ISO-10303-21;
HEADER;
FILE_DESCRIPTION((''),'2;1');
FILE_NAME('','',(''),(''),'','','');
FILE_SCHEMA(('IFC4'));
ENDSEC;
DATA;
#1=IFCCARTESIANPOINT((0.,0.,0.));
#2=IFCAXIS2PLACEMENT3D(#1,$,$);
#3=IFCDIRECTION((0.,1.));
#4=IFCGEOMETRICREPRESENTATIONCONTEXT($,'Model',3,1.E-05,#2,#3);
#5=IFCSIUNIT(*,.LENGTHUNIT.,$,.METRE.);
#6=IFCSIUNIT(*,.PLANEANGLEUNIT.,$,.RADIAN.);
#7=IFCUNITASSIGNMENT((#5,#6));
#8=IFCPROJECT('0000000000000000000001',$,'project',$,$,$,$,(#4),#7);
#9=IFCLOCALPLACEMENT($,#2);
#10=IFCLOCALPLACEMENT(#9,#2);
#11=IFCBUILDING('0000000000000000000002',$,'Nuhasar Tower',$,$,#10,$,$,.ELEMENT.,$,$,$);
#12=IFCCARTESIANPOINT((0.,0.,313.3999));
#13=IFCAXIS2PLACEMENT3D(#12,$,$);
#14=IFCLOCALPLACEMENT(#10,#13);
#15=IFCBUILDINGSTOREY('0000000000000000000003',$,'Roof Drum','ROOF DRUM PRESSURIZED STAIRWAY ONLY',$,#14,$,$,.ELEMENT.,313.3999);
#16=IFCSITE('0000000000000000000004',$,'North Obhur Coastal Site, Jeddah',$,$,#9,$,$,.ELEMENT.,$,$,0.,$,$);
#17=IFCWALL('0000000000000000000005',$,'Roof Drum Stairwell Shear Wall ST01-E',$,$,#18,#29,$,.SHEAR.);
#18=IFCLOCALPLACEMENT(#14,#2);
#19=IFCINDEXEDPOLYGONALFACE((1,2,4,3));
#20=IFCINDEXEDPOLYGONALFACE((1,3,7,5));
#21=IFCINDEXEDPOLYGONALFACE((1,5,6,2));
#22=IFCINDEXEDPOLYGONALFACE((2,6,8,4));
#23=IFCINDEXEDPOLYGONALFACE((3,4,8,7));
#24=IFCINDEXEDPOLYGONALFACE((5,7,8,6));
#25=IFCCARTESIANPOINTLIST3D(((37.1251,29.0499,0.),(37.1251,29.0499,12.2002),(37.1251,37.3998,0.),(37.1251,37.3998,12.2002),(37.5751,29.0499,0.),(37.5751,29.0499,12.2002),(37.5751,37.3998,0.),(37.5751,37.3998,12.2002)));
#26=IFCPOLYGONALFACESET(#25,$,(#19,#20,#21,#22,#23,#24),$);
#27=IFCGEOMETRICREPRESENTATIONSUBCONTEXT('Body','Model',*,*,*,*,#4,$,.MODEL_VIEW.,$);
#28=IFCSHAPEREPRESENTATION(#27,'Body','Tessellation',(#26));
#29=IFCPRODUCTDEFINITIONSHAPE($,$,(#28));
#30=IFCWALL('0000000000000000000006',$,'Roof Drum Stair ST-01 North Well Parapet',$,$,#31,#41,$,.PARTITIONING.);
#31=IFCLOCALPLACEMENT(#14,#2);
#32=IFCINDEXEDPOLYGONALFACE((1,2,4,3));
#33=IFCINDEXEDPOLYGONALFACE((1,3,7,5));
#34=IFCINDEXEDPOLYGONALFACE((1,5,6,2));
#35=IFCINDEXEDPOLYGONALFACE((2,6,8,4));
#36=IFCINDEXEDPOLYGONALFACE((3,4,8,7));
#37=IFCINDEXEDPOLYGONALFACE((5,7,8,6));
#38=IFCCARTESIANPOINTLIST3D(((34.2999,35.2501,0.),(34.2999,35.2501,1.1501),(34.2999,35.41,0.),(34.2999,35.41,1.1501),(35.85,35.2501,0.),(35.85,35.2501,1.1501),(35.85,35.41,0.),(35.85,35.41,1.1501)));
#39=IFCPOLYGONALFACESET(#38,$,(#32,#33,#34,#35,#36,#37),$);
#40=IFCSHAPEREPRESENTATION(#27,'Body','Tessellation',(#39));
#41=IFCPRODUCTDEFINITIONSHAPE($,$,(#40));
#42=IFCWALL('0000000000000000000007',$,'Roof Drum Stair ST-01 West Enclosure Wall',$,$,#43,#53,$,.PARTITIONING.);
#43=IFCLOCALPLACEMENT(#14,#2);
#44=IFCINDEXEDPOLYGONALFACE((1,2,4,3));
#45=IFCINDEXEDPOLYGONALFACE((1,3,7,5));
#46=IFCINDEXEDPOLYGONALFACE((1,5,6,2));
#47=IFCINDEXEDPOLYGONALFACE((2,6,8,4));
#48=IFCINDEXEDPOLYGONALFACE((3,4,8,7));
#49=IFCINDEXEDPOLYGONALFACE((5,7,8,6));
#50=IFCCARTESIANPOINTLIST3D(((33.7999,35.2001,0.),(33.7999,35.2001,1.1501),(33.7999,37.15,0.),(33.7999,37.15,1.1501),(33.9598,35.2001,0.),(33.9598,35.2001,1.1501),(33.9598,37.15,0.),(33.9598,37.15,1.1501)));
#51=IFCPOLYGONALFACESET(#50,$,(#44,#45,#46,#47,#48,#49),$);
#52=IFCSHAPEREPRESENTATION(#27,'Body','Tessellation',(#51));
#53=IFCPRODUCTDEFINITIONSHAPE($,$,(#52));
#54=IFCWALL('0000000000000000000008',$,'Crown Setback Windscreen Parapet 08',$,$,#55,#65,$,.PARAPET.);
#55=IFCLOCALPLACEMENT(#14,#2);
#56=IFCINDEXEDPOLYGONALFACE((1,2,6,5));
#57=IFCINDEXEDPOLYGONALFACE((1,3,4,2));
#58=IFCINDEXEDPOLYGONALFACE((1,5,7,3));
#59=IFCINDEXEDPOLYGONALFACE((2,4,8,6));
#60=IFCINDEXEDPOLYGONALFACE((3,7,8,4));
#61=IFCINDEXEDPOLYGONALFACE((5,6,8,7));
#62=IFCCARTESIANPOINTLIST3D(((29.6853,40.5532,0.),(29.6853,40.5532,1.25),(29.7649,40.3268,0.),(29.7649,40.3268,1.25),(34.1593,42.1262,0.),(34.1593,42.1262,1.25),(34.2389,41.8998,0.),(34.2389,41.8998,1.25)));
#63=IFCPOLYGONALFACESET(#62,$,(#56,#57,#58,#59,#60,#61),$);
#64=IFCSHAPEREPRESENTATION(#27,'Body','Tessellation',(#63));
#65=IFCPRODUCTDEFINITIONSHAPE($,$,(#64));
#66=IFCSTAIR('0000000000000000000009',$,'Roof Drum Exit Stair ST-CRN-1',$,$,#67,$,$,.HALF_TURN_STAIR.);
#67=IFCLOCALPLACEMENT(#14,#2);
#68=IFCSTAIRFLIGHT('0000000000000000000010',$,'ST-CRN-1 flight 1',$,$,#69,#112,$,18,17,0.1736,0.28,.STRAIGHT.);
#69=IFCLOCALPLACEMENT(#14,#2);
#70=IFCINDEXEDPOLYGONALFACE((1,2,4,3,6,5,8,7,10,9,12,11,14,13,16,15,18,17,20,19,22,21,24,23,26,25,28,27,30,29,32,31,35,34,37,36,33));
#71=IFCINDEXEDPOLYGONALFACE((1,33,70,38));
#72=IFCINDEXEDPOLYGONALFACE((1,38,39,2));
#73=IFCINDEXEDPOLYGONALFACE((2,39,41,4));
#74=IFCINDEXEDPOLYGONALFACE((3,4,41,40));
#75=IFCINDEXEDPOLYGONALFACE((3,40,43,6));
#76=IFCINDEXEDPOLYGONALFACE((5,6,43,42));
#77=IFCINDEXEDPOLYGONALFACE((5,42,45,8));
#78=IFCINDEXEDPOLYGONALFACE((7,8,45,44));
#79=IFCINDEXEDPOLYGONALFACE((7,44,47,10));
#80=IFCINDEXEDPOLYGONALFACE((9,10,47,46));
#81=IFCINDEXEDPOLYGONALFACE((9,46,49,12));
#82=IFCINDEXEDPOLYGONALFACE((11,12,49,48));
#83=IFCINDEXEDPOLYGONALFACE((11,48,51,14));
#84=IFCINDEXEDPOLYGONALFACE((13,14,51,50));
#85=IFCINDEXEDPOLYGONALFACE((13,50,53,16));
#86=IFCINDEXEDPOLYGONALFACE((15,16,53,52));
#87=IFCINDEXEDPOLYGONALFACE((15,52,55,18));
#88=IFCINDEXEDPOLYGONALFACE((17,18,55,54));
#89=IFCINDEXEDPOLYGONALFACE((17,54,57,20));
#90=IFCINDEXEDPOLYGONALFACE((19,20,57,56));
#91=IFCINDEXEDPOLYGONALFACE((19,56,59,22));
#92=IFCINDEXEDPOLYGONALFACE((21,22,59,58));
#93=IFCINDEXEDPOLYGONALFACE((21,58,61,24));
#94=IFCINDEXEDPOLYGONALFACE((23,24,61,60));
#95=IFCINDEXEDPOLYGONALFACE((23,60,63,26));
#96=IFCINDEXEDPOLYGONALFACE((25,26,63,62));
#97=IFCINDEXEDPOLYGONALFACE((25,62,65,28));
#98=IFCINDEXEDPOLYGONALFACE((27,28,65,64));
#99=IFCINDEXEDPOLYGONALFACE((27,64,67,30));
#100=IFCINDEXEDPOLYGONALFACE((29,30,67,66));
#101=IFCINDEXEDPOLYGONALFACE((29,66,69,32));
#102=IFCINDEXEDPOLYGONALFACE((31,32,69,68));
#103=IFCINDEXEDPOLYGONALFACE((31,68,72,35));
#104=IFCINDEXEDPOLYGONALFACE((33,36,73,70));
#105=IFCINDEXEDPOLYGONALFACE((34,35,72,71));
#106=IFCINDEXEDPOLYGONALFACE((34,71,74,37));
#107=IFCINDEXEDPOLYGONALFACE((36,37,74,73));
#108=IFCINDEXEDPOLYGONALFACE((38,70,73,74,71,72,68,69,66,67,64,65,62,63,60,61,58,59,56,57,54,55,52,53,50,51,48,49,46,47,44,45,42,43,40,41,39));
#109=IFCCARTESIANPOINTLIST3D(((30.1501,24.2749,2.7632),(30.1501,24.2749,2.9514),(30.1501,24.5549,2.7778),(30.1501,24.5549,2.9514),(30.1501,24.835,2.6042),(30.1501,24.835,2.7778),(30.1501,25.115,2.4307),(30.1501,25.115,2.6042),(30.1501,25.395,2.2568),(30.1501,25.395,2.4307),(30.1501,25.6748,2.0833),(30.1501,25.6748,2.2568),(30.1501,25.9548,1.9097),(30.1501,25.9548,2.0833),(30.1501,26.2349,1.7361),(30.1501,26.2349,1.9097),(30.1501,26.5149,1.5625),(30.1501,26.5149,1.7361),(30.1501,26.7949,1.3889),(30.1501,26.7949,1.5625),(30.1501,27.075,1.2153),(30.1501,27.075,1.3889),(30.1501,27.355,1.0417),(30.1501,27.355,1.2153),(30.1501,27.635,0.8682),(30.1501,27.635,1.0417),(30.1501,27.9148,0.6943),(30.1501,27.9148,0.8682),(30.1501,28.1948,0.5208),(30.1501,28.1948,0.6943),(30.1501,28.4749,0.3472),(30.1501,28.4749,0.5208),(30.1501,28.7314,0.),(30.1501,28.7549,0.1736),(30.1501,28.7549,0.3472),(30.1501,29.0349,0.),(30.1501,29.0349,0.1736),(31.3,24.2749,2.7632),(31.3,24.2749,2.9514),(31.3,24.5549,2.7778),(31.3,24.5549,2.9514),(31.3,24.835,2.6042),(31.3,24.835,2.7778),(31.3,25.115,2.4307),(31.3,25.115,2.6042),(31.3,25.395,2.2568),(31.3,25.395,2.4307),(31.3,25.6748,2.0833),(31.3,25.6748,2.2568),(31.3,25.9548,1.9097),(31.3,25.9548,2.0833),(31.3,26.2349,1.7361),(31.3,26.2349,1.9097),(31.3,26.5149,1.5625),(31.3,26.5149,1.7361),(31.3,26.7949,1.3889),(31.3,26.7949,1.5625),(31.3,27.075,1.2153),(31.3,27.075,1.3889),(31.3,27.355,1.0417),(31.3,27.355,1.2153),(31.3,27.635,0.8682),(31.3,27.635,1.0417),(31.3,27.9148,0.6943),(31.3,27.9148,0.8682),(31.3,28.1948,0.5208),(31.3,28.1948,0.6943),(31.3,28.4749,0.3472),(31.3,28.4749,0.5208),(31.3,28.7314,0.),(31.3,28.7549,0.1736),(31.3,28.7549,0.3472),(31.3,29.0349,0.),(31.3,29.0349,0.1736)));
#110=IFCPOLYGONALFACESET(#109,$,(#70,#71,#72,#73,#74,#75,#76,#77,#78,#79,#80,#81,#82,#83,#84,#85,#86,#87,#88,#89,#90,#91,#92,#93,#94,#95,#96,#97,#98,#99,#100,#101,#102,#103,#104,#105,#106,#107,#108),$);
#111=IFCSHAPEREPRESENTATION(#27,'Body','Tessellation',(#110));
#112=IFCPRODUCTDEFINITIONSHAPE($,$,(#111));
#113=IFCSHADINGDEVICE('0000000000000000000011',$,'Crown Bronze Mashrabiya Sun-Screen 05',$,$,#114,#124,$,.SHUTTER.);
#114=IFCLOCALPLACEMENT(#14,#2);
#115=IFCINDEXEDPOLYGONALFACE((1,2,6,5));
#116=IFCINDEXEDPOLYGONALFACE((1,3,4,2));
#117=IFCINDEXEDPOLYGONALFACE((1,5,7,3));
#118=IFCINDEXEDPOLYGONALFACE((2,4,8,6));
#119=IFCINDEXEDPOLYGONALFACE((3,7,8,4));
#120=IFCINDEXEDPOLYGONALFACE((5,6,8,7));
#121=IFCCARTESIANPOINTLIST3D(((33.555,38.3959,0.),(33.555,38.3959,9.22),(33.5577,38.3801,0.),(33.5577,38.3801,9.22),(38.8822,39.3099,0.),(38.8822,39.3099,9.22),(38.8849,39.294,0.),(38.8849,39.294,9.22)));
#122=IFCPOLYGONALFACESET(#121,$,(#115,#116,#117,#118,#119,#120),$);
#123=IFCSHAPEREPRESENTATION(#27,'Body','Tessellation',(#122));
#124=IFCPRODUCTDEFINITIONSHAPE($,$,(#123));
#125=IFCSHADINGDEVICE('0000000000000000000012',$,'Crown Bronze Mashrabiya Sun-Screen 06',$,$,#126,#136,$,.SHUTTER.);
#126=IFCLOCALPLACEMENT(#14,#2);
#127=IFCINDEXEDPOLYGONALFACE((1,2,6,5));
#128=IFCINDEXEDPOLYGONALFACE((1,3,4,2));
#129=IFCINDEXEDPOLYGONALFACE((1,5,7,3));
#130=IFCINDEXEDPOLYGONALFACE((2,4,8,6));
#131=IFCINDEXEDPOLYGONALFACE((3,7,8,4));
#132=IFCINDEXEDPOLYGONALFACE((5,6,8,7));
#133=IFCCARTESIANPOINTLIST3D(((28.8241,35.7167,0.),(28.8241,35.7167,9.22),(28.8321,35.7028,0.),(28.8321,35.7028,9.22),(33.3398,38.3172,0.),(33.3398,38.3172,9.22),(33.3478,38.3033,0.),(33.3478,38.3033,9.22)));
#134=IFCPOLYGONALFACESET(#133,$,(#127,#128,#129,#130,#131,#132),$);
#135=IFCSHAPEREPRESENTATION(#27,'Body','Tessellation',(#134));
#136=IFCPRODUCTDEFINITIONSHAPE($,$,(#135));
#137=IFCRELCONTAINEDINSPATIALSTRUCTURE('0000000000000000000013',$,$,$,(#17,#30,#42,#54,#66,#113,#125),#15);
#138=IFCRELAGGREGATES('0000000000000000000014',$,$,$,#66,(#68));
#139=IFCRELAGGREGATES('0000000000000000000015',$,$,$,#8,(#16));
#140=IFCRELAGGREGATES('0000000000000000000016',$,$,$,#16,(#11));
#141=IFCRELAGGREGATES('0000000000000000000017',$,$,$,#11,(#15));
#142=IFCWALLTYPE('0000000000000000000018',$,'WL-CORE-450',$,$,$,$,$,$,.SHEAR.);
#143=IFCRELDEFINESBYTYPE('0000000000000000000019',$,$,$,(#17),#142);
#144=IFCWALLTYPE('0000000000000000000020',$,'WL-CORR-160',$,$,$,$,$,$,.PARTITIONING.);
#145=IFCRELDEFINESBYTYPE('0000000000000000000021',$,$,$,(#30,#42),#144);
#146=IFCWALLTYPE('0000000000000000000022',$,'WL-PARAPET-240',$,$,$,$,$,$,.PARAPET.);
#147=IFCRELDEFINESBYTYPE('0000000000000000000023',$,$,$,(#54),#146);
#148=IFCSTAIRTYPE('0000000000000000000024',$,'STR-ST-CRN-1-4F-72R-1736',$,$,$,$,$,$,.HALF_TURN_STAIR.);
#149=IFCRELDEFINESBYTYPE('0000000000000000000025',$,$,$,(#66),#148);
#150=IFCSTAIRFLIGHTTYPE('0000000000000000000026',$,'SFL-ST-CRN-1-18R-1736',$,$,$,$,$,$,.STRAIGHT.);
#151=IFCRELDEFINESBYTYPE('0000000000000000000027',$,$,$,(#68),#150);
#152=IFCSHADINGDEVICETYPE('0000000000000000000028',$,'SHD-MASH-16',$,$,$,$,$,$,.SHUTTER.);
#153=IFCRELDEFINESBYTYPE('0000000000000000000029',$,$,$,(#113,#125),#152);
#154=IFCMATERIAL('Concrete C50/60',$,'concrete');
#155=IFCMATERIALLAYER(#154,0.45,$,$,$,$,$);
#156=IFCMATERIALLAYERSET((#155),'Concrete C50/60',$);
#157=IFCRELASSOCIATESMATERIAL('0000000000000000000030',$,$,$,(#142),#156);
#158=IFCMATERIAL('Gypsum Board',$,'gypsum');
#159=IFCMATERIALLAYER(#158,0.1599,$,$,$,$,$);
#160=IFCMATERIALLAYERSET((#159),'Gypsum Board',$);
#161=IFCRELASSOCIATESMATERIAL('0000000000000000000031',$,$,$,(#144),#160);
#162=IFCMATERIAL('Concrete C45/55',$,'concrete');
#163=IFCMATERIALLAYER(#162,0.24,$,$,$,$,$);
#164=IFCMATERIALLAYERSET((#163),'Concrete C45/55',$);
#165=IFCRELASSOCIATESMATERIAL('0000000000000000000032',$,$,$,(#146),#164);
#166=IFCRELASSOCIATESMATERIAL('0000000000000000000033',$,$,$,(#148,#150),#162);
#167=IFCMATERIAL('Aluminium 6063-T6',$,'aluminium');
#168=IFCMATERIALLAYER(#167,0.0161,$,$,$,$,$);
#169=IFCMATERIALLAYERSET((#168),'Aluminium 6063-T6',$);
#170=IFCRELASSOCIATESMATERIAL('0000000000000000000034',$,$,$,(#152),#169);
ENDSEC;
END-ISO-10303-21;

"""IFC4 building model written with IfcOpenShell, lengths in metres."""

from ifc_helpers import new_model, si_unit, direction, frame, frame_2d, origin, origin_2d, place, context, subcontext, project, spatial, polyline, rectangle, outline, extrude, material, layer, layer_set, type_object, element, aggregate, save


model = new_model("IFC4")

# Units and contexts
model_context = context("Model", 3, precision=1e-05, world=origin(), true_north=direction((0.0, 1.0)))
body_context = subcontext(model_context, "Body", "Model", "MODEL_VIEW")
ifc_project = project(units=[si_unit("LENGTHUNIT", "METRE"), si_unit("PLANEANGLEUNIT", "RADIAN")], contexts=[model_context])

# Site, building, storey
site_placement = place(None, origin())
site = spatial("IfcSite", under=ifc_project, at=site_placement, Name="North Obhur Coastal Site, Jeddah", CompositionType="ELEMENT", RefElevation=0.0)
building_placement = place(site_placement, origin())
building = spatial("IfcBuilding", under=site, at=building_placement, Name="Nuhasar Tower", CompositionType="ELEMENT")
storey_placement = place(building_placement, frame((0.0, 0.0, 313.3999)))
storey = spatial("IfcBuildingStorey", under=building, at=storey_placement, Name="Roof Drum", Description="ROOF DRUM PRESSURIZED STAIRWAY ONLY", CompositionType="ELEMENT", Elevation=313.3999)

# Shared definitions
ifc_material_1 = material(Name="Concrete C50/60", Category="concrete")

# Shared definitions
ifc_material_2 = material(Name="Aluminium 6063-T6", Category="aluminium")

# Walls
ifc_layer_1 = layer(ifc_material_1, 0.45)
ifc_layer_set_1 = layer_set([ifc_layer_1], Name="Concrete C50/60")
wall_type_1 = type_object("IfcWallType", Name="WL-CORE-450", PredefinedType="SHEAR", material=ifc_layer_set_1)
wall_1_placement = place(storey_placement, frame((37.3501, 29.05, 0.0), z_axis=(0.0, 0.0, 1.0), x_axis=(0.0, 1.0, 0.0)))
element("IfcWall", 1, at=wall_1_placement, inside=storey, type_object=wall_type_1, Name="Roof Drum Stairwell Shear Wall ST01-E", PredefinedType="SHEAR", context=body_context, shape_type="SweptSolid", body=[
    extrude(rectangle(XDim=8.3499, YDim=0.45, at=frame_2d((4.1748, 0.0))), origin(), (0.0, 0.0, 1.0), 12.2002),
])
ifc_material_3 = material(Name="Gypsum Board", Category="gypsum")
ifc_layer_2 = layer(ifc_material_3, 0.1599)
ifc_layer_set_2 = layer_set([ifc_layer_2], Name="Gypsum Board")
wall_type_2 = type_object("IfcWallType", Name="WL-CORR-160", PredefinedType="PARTITIONING", material=ifc_layer_set_2)
wall_2_placement = place(storey_placement, frame((34.3, 35.3301, 0.0), z_axis=(0.0, 0.0, 1.0), x_axis=(1.0, 0.0, 0.0)))
element("IfcWall", 2, at=wall_2_placement, inside=storey, type_object=wall_type_2, Name="Roof Drum Stair ST-01 North Well Parapet", PredefinedType="PARTITIONING", context=body_context, shape_type="SweptSolid", body=[
    extrude(rectangle(XDim=1.55, YDim=0.1599, at=frame_2d((0.7749, 0.0))), origin(), (0.0, 0.0, 1.0), 1.1501),
])
wall_3_placement = place(storey_placement, frame((33.8799, 35.2, 0.0), z_axis=(0.0, 0.0, 1.0), x_axis=(0.0, 1.0, 0.0)))
element("IfcWall", 3, at=wall_3_placement, inside=storey, type_object=wall_type_2, Name="Roof Drum Stair ST-01 West Enclosure Wall", PredefinedType="PARTITIONING", context=body_context, shape_type="SweptSolid", body=[
    extrude(rectangle(XDim=1.95, YDim=0.1599, at=frame_2d((0.9751, 0.0))), origin(), (0.0, 0.0, 1.0), 1.1501),
])
ifc_material_4 = material(Name="Concrete C45/55", Category="concrete")
ifc_layer_3 = layer(ifc_material_4, 0.24)
ifc_layer_set_3 = layer_set([ifc_layer_3], Name="Concrete C45/55")
wall_type_3 = type_object("IfcWallType", Name="WL-PARAPET-240", PredefinedType="PARAPET", material=ifc_layer_set_3)
wall_4_placement = place(storey_placement, frame((34.199, 42.0129, 0.0), z_axis=(0.0, 0.0, 1.0), x_axis=(-0.943388, -0.331692, 0.0)))
element("IfcWall", 4, at=wall_4_placement, inside=storey, type_object=wall_type_3, Name="Crown Setback Windscreen Parapet 08", PredefinedType="PARAPET", context=body_context, shape_type="SweptSolid", body=[
    extrude(rectangle(XDim=4.7424, YDim=0.24, at=frame_2d((2.3711, 0.0))), origin(), (0.0, 0.0, 1.0), 1.25),
])

# Stair, stair flight
stair_type = type_object("IfcStairType", Name="STR-ST-CRN-1-4F-72R-1736", PredefinedType="HALF_TURN_STAIR", material=ifc_material_4)
stair_placement = place(storey_placement, origin())
stair = element("IfcStair", 5, at=stair_placement, inside=storey, type_object=stair_type, Name="Roof Drum Exit Stair ST-CRN-1", PredefinedType="HALF_TURN_STAIR")
stair_flight_type = type_object("IfcStairFlightType", Name="SFL-ST-CRN-1-18R-1736", PredefinedType="STRAIGHT", material=ifc_material_4)
stair_flight_placement = place(storey_placement, frame((30.7251, 29.0349, 0.0), z_axis=(0.0, 0.0, 1.0), x_axis=(0.0, -1.0, 0.0)))
stair_flight = element("IfcStairFlight", 6, at=stair_flight_placement, type_object=stair_flight_type, Name="ST-CRN-1 flight 1", NumberOfRisers=18, NumberOfTreads=17, PredefinedType="STRAIGHT", RiserHeight=0.1736, TreadLength=0.28, context=body_context, shape_type="SweptSolid", body=[
    extrude(outline(polyline([(0.0, 0.0), (0.0, 0.1736), (0.28, 0.1736), (0.28, 0.3472), (0.5601, 0.3472), (0.5601, 0.5208), (0.8401, 0.5208), (0.8401, 0.6943), (1.1201, 0.6943), (1.1201, 0.8682), (1.3999, 0.8682), (1.3999, 1.0417), (1.6799, 1.0417), (1.6799, 1.2153), (1.96, 1.2153), (1.96, 1.3889), (2.24, 1.3889), (2.24, 1.5625), (2.52, 1.5625), (2.52, 1.7361), (2.8, 1.7361), (2.8, 1.9097), (3.0801, 1.9097), (3.0801, 2.0833), (3.3601, 2.0833), (3.3601, 2.2568), (3.6399, 2.2568), (3.6399, 2.4307), (3.9199, 2.4307), (3.9199, 2.6042), (4.2, 2.6042), (4.2, 2.7778), (4.48, 2.7778), (4.48, 2.9514), (4.76, 2.9514), (4.76, 3.125), (4.76, 2.7632), (0.3035, 0.0), (0.0, 0.0)])), frame((0.0, 0.575, 0.0), z_axis=(0.0, -1.0, 0.0), x_axis=(1.0, 0.0, 0.0)), (0.0, 0.0, 1.0), 1.1499),
])
aggregate(stair, [stair_flight])

# Shading devices
ifc_layer_4 = layer(ifc_material_2, 0.0161)
ifc_layer_set_4 = layer_set([ifc_layer_4], Name="Aluminium 6063-T6")
shading_device_type = type_object("IfcShadingDeviceType", Name="SHD-MASH-16", PredefinedType="SHUTTER", material=ifc_layer_set_4)
shading_device_1_placement = place(storey_placement, frame((36.22, 38.845, 0.0), z_axis=(0.0, 0.0, 1.0), x_axis=(-0.9856, -0.169091, 0.0)))
element("IfcShadingDevice", 7, at=shading_device_1_placement, inside=storey, type_object=shading_device_type, Name="Crown Bronze Mashrabiya Sun-Screen 05", PredefinedType="SHUTTER", context=body_context, shape_type="SweptSolid", body=[
    extrude(rectangle(XDim=5.405, YDim=0.0161, at=origin_2d()), origin(), (0.0, 0.0, 1.0), 9.22),
])
shading_device_2_placement = place(storey_placement, frame((31.0859, 37.01, 0.0), z_axis=(0.0, 0.0, 1.0), x_axis=(-0.866575, -0.499047, 0.0)))
element("IfcShadingDevice", 8, at=shading_device_2_placement, inside=storey, type_object=shading_device_type, Name="Crown Bronze Mashrabiya Sun-Screen 06", PredefinedType="SHUTTER", context=body_context, shape_type="SweptSolid", body=[
    extrude(rectangle(XDim=5.2109, YDim=0.0161, at=origin_2d()), origin(), (0.0, 0.0, 1.0), 9.22),
])

save(model, "model.ifc")
